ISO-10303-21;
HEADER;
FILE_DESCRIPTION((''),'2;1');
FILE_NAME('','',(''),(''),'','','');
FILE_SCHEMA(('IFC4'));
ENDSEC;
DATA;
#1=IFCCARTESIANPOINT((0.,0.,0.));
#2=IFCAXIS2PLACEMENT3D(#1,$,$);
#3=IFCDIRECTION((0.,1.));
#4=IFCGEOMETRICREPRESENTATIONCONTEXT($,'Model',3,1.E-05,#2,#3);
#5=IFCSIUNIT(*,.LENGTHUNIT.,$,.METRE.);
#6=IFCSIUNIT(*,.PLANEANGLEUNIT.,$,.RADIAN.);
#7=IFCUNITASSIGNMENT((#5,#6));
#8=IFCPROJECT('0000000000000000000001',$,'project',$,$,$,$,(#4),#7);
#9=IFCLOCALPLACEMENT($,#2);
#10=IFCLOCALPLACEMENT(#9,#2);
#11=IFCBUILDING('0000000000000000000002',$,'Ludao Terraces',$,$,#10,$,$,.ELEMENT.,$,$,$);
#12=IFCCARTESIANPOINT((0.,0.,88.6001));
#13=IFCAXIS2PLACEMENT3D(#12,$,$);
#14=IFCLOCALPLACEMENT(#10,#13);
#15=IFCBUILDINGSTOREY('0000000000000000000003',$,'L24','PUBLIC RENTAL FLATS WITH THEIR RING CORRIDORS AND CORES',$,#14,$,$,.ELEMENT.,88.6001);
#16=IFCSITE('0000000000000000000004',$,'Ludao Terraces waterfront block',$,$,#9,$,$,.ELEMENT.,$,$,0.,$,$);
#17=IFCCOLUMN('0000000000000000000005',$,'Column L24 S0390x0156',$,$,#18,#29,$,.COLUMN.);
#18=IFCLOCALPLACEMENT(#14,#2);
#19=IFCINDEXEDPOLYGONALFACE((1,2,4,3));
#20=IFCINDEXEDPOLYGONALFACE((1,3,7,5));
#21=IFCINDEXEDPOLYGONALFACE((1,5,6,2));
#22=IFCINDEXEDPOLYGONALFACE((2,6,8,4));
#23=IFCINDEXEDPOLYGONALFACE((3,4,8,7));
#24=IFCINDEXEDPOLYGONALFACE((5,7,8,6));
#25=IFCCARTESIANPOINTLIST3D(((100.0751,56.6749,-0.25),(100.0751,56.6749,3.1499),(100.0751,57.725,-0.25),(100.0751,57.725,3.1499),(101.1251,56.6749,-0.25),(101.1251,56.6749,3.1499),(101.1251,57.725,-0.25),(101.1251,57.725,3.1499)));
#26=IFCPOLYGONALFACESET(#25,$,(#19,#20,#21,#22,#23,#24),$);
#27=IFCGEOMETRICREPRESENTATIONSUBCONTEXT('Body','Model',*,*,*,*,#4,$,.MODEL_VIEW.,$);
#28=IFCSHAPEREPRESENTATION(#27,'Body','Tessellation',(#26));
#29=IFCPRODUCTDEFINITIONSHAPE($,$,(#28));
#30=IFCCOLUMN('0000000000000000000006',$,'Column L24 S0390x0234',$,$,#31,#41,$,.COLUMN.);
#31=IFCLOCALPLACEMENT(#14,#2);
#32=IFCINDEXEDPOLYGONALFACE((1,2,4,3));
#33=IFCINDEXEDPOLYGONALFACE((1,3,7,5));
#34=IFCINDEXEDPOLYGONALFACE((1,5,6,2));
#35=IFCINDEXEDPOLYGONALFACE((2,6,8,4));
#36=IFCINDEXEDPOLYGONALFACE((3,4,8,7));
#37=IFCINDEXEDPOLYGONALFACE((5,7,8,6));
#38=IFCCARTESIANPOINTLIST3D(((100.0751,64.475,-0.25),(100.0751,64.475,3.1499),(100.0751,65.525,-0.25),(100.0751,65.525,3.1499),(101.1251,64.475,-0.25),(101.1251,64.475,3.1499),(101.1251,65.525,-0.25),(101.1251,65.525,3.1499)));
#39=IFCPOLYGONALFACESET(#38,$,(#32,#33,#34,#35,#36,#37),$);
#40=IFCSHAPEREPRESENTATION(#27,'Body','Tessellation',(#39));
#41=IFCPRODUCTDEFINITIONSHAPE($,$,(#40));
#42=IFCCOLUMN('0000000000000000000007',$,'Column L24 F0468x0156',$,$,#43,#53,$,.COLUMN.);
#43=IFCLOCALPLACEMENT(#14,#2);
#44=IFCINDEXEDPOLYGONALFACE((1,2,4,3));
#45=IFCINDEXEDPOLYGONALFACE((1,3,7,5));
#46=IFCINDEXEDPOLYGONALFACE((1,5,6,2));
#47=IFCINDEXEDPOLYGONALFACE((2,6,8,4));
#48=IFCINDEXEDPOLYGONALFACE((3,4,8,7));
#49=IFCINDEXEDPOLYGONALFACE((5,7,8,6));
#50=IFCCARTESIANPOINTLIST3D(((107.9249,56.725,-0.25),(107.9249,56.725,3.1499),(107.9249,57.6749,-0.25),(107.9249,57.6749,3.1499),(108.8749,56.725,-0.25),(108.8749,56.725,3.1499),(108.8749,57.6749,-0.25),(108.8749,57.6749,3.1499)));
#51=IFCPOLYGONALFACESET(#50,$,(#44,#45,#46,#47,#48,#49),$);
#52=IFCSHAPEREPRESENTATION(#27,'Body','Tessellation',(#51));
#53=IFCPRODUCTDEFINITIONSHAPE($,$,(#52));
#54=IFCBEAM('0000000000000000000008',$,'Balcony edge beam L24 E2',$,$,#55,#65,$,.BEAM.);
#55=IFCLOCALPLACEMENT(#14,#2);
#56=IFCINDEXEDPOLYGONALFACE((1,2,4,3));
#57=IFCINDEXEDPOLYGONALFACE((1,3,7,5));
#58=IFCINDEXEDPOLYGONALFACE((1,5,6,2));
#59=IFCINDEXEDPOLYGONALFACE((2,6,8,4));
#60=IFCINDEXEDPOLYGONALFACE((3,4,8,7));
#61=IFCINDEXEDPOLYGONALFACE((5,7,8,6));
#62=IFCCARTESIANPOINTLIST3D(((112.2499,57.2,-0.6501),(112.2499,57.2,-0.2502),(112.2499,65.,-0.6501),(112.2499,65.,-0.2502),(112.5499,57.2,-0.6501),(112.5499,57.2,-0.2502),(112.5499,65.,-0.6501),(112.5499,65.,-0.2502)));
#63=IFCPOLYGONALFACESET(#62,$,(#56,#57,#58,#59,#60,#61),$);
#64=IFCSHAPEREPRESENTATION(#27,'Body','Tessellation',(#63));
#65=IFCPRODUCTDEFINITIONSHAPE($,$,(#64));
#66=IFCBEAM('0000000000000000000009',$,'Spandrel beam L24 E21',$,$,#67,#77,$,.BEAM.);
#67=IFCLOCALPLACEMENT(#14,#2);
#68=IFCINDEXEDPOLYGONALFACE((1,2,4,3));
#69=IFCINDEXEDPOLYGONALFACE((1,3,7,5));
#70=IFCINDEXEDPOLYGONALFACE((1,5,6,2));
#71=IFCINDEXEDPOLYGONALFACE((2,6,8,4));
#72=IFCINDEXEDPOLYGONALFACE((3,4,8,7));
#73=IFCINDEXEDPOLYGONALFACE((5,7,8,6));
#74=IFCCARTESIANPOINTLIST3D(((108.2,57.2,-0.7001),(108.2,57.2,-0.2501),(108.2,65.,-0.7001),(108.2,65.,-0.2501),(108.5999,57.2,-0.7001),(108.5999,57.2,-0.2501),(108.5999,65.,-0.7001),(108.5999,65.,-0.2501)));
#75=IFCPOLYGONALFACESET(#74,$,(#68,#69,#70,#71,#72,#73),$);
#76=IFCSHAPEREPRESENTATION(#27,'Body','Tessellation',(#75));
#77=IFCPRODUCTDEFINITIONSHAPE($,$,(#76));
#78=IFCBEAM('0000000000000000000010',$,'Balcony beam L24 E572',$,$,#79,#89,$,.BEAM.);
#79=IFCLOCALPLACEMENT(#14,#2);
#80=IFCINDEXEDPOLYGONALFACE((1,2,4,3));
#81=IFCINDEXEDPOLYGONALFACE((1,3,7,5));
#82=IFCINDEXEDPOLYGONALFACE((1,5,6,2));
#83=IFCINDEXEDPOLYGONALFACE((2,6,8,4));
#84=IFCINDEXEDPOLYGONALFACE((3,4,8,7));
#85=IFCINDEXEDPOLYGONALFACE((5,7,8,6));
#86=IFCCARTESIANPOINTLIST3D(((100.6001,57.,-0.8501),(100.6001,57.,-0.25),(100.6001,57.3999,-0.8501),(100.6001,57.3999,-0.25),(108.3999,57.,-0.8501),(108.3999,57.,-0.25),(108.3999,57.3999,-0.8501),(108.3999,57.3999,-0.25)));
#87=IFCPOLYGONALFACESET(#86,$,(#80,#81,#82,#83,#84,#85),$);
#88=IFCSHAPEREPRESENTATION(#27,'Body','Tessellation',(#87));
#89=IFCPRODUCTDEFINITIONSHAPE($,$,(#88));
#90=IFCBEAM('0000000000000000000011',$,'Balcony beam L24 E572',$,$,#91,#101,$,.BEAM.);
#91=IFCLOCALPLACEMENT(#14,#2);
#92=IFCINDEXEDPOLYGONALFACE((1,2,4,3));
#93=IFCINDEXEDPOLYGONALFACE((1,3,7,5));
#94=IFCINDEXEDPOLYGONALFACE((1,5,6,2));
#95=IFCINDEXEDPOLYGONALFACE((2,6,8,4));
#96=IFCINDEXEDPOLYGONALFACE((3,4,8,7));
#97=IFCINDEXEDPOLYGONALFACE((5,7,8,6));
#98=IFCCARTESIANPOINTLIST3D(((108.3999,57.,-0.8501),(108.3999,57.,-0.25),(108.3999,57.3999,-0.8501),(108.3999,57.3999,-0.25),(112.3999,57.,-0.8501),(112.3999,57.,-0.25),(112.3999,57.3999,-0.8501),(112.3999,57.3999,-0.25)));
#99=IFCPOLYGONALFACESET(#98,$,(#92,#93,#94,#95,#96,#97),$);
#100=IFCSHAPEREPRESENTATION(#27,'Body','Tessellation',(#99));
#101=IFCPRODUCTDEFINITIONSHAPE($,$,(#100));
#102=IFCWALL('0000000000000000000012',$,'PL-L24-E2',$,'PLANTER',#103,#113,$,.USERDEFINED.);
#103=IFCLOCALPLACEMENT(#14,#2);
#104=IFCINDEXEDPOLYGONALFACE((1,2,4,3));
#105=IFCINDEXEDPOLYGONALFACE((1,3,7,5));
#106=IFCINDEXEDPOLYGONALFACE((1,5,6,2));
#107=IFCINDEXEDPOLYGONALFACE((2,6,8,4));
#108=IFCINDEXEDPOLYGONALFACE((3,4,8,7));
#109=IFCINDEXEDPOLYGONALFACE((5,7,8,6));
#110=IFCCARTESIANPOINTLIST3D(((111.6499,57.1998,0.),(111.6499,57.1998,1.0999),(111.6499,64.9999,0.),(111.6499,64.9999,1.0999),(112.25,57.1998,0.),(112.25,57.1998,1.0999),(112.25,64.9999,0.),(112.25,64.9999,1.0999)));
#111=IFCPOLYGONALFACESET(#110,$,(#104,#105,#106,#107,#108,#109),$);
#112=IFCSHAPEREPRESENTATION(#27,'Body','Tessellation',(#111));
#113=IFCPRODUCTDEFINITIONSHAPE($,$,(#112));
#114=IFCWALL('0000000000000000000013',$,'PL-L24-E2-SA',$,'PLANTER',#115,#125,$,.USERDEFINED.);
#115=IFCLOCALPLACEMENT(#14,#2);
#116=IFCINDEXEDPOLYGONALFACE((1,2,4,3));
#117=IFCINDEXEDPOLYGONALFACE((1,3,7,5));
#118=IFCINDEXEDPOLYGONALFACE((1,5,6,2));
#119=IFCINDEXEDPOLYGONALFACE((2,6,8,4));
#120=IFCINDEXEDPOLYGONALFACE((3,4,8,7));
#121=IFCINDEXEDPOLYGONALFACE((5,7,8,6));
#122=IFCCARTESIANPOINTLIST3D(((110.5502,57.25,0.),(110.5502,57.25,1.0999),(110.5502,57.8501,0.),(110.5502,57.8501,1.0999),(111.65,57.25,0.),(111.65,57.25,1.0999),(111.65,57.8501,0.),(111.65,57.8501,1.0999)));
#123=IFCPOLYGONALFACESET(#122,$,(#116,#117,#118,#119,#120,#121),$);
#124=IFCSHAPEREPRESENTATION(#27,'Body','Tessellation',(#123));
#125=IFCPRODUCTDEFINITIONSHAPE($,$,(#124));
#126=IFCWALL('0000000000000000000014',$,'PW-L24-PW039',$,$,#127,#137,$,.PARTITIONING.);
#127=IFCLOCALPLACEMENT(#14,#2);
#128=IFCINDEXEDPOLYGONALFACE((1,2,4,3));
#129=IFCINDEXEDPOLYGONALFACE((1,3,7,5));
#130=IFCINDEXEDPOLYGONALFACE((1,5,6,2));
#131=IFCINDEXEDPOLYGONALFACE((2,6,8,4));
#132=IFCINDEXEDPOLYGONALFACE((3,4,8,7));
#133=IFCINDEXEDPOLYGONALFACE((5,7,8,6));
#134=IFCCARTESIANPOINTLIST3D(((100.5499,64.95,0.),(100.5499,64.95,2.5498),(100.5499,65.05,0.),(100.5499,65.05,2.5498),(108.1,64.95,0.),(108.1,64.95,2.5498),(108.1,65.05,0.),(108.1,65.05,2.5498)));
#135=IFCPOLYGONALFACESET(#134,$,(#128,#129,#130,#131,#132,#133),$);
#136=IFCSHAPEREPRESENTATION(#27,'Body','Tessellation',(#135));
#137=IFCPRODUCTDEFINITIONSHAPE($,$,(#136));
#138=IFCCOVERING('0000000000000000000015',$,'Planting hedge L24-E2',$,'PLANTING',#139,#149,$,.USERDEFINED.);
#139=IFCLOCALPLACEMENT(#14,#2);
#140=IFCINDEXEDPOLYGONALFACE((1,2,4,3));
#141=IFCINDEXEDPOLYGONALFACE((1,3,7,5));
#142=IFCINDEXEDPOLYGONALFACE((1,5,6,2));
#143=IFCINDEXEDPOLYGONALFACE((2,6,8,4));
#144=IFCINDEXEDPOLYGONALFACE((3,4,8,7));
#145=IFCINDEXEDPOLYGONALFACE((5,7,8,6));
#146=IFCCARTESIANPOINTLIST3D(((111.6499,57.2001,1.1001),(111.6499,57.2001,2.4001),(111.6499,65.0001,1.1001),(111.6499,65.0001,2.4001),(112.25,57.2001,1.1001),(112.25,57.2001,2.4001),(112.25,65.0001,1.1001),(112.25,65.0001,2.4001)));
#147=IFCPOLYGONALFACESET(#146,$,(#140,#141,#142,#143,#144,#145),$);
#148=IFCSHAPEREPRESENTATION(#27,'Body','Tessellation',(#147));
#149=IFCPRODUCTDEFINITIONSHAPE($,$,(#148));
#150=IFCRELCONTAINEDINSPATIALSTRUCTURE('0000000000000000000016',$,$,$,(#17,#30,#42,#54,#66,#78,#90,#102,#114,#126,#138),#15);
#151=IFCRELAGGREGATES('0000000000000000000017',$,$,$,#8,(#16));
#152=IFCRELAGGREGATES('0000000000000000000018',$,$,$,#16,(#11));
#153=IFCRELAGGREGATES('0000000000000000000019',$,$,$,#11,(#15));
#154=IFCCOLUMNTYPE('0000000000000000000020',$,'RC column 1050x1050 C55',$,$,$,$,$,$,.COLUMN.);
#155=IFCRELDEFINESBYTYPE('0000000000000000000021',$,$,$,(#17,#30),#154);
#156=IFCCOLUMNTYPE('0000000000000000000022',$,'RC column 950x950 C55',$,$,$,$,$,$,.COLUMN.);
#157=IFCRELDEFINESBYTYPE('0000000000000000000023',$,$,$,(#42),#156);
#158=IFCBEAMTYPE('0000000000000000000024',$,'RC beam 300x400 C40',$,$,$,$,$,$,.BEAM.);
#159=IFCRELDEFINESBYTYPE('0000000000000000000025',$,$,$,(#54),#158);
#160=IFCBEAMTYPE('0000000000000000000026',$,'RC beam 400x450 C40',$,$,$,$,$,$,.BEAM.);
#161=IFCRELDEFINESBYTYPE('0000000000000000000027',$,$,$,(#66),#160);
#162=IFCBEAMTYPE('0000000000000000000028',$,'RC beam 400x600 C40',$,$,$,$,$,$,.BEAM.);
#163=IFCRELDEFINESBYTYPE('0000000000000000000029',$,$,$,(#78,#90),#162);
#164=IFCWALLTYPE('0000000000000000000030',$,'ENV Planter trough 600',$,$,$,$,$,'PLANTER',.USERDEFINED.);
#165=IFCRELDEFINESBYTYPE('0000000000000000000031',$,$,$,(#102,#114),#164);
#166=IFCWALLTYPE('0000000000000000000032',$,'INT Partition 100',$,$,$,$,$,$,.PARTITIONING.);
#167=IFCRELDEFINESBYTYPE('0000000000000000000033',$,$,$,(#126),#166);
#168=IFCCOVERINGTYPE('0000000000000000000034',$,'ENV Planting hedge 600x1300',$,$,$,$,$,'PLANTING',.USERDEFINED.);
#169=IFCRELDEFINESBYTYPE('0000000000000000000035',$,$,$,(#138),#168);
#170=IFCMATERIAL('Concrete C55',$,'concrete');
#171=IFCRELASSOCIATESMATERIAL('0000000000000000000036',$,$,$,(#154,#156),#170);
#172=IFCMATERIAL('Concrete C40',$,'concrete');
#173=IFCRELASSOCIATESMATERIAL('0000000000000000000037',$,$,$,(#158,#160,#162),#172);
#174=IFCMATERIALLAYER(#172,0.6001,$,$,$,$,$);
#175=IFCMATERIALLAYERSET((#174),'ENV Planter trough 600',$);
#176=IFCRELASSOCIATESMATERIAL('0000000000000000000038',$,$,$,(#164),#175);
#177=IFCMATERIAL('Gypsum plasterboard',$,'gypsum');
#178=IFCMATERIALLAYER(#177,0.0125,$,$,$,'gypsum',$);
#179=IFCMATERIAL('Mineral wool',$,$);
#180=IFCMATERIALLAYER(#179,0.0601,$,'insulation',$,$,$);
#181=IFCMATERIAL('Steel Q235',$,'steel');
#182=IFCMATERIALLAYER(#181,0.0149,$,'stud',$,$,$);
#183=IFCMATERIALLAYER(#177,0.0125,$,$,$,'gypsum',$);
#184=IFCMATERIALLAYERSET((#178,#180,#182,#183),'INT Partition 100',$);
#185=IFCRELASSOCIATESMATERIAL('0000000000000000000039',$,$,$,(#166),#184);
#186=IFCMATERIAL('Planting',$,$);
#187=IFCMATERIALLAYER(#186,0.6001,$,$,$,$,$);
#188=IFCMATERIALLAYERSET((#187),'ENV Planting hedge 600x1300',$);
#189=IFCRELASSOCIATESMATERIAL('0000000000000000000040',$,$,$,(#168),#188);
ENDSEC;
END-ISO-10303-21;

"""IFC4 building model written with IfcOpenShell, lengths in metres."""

from ifc_helpers import new_model, si_unit, direction, frame, frame_2d, origin, origin_2d, place, context, subcontext, project, spatial, rectangle, extrude, material, layer, layer_set, material_profile, profile_set, type_object, element, save


model = new_model("IFC4")

# Units and contexts
model_context = context("Model", 3, precision=1e-05, world=origin(), true_north=direction((0.0, 1.0)))
body_context = subcontext(model_context, "Body", "Model", "MODEL_VIEW")
ifc_project = project(units=[si_unit("LENGTHUNIT", "METRE"), si_unit("PLANEANGLEUNIT", "RADIAN")], contexts=[model_context])

# Site, building, storey
site_placement = place(None, origin())
site = spatial("IfcSite", under=ifc_project, at=site_placement, Name="Ludao Terraces waterfront block", CompositionType="ELEMENT", RefElevation=0.0)
building_placement = place(site_placement, origin())
building = spatial("IfcBuilding", under=site, at=building_placement, Name="Ludao Terraces", CompositionType="ELEMENT")
storey_placement = place(building_placement, frame((0.0, 0.0, 88.6001)))
storey = spatial("IfcBuildingStorey", under=building, at=storey_placement, Name="L24", Description="PUBLIC RENTAL FLATS WITH THEIR RING CORRIDORS AND CORES", CompositionType="ELEMENT", Elevation=88.6001)

# Columns
ifc_material_1 = material(Name="Concrete C55", Category="concrete")
ifc_material_profile_1 = material_profile(ifc_material_1, rectangle(XDim=1.05, YDim=1.05, at=origin_2d()), Name="1050 X 1050")
ifc_profile_set_1 = profile_set([ifc_material_profile_1], Name="Concrete C55")
column_type_1 = type_object("IfcColumnType", Name="RC column 1050x1050 C55", PredefinedType="COLUMN", material=ifc_profile_set_1)
for number, where, z_axis, x_axis, name in (
    (1, (100.6001, 57.2, -0.25), (0.0, 0.0, 1.0), (1.0, 0.0, 0.0), "Column L24 S0390x0156"),
    (2, (100.6001, 65.0, -0.25), (0.0, 0.0, 1.0), (1.0, 0.0, 0.0), "Column L24 S0390x0234"),
):
    element("IfcColumn", number, at=place(storey_placement, frame(where, z_axis=z_axis, x_axis=x_axis)), inside=storey, type_object=column_type_1, Name=name, PredefinedType="COLUMN", context=body_context, shape_type="SweptSolid", body=[
        extrude(rectangle(XDim=1.05, YDim=1.05, at=origin_2d()), origin(), (0.0, 0.0, 1.0), 3.3999),
    ])
ifc_material_profile_2 = material_profile(ifc_material_1, rectangle(XDim=0.95, YDim=0.95, at=origin_2d()), Name="950 X 950")
ifc_profile_set_2 = profile_set([ifc_material_profile_2], Name="Concrete C55")
column_type_2 = type_object("IfcColumnType", Name="RC column 950x950 C55", PredefinedType="COLUMN", material=ifc_profile_set_2)
column_placement = place(storey_placement, frame((108.3999, 57.2, -0.25), z_axis=(0.0, 0.0, 1.0), x_axis=(1.0, 0.0, 0.0)))
element("IfcColumn", 3, at=column_placement, inside=storey, type_object=column_type_2, Name="Column L24 F0468x0156", PredefinedType="COLUMN", context=body_context, shape_type="SweptSolid", body=[
    extrude(rectangle(XDim=0.95, YDim=0.95, at=origin_2d()), origin(), (0.0, 0.0, 1.0), 3.3999),
])

# Beams
ifc_material_2 = material(Name="Concrete C40", Category="concrete")
ifc_material_profile_3 = material_profile(ifc_material_2, rectangle(XDim=0.3, YDim=0.3999, at=origin_2d()), Name="300 X 400")
ifc_profile_set_3 = profile_set([ifc_material_profile_3], Name="Concrete C40")
beam_type_1 = type_object("IfcBeamType", Name="RC beam 300x400 C40", PredefinedType="BEAM", material=ifc_profile_set_3)
beam_1_placement = place(storey_placement, frame((112.3999, 57.2, -0.4502), z_axis=(0.0, 1.0, 0.0), x_axis=(-1.0, 0.0, 0.0)))
element("IfcBeam", 4, at=beam_1_placement, inside=storey, type_object=beam_type_1, Name="Balcony edge beam L24 E2", PredefinedType="BEAM", context=body_context, shape_type="SweptSolid", body=[
    extrude(rectangle(XDim=0.3, YDim=0.3999, at=origin_2d()), origin(), (0.0, 0.0, 1.0), 7.8),
])
ifc_material_profile_4 = material_profile(ifc_material_2, rectangle(XDim=0.3999, YDim=0.45, at=origin_2d()), Name="400 X 450")
ifc_profile_set_4 = profile_set([ifc_material_profile_4], Name="Concrete C40")
beam_type_2 = type_object("IfcBeamType", Name="RC beam 400x450 C40", PredefinedType="BEAM", material=ifc_profile_set_4)
beam_2_placement = place(storey_placement, frame((108.3999, 57.2, -0.4751), z_axis=(0.0, 1.0, 0.0), x_axis=(-1.0, 0.0, 0.0)))
element("IfcBeam", 5, at=beam_2_placement, inside=storey, type_object=beam_type_2, Name="Spandrel beam L24 E21", PredefinedType="BEAM", context=body_context, shape_type="SweptSolid", body=[
    extrude(rectangle(XDim=0.3999, YDim=0.45, at=origin_2d()), origin(), (0.0, 0.0, 1.0), 7.8),
])
ifc_material_profile_5 = material_profile(ifc_material_2, rectangle(XDim=0.3999, YDim=0.6001, at=origin_2d()), Name="400 X 600")
ifc_profile_set_5 = profile_set([ifc_material_profile_5], Name="Concrete C40")
beam_type_3 = type_object("IfcBeamType", Name="RC beam 400x600 C40", PredefinedType="BEAM", material=ifc_profile_set_5)
beam_3_placement = place(storey_placement, frame((100.6001, 57.2, -0.55), z_axis=(1.0, 0.0, 0.0), x_axis=(0.0, 1.0, 0.0)))
element("IfcBeam", 6, at=beam_3_placement, inside=storey, type_object=beam_type_3, Name="Balcony beam L24 E572", PredefinedType="BEAM", context=body_context, shape_type="SweptSolid", body=[
    extrude(rectangle(XDim=0.3999, YDim=0.6001, at=origin_2d()), origin(), (0.0, 0.0, 1.0), 7.7998),
])
beam_4_placement = place(storey_placement, frame((108.3999, 57.2, -0.55), z_axis=(1.0, 0.0, 0.0), x_axis=(0.0, 1.0, 0.0)))
element("IfcBeam", 7, at=beam_4_placement, inside=storey, type_object=beam_type_3, Name="Balcony beam L24 E572", PredefinedType="BEAM", context=body_context, shape_type="SweptSolid", body=[
    extrude(rectangle(XDim=0.3999, YDim=0.6001, at=origin_2d()), origin(), (0.0, 0.0, 1.0), 4.0),
])

# Walls
ifc_layer_1 = layer(ifc_material_2, 0.6001)
ifc_layer_set_1 = layer_set([ifc_layer_1], Name="ENV Planter trough 600")
wall_type_1 = type_object("IfcWallType", Name="ENV Planter trough 600", ElementType="PLANTER", PredefinedType="USERDEFINED", material=ifc_layer_set_1)
wall_1_placement = place(storey_placement, frame((111.95, 57.2, 0.0), z_axis=(0.0, 0.0, 1.0), x_axis=(0.0, 1.0, 0.0)))
element("IfcWall", 8, at=wall_1_placement, inside=storey, type_object=wall_type_1, Name="PL-L24-E2", ObjectType="PLANTER", PredefinedType="USERDEFINED", context=body_context, shape_type="SweptSolid", body=[
    extrude(rectangle(XDim=7.8, YDim=0.6001, at=frame_2d((3.8999, 0.0))), origin(), (0.0, 0.0, 1.0), 1.0999),
])
wall_2_placement = place(storey_placement, frame((111.6499, 57.55, 0.0), z_axis=(0.0, 0.0, 1.0), x_axis=(-1.0, 0.0, 0.0)))
element("IfcWall", 9, at=wall_2_placement, inside=storey, type_object=wall_type_1, Name="PL-L24-E2-SA", ObjectType="PLANTER", PredefinedType="USERDEFINED", context=body_context, shape_type="SweptSolid", body=[
    extrude(rectangle(XDim=1.0999, YDim=0.6001, at=frame_2d((0.5498, 0.0))), origin(), (0.0, 0.0, 1.0), 1.0999),
])

# Shared definitions
ifc_material_3 = material(Name="Mineral wool")

# Wall
ifc_material_4 = material(Name="Gypsum plasterboard", Category="gypsum")
ifc_layer_2 = layer(ifc_material_4, 0.0125, Category="gypsum")
ifc_layer_3 = layer(ifc_material_3, 0.0601, Name="insulation")
ifc_material_5 = material(Name="Steel Q235", Category="steel")
ifc_layer_4 = layer(ifc_material_5, 0.0149, Name="stud")
ifc_layer_5 = layer(ifc_material_4, 0.0125, Category="gypsum")
ifc_layer_set_2 = layer_set([ifc_layer_2, ifc_layer_3, ifc_layer_4, ifc_layer_5], Name="INT Partition 100")
wall_type_2 = type_object("IfcWallType", Name="INT Partition 100", PredefinedType="PARTITIONING", material=ifc_layer_set_2)
wall_3_placement = place(storey_placement, frame((100.55, 65.0, 0.0), z_axis=(0.0, 0.0, 1.0), x_axis=(1.0, 0.0, 0.0)))
element("IfcWall", 10, at=wall_3_placement, inside=storey, type_object=wall_type_2, Name="PW-L24-PW039", PredefinedType="PARTITIONING", context=body_context, shape_type="SweptSolid", body=[
    extrude(rectangle(XDim=7.55, YDim=0.1001, at=frame_2d((3.7749, 0.0))), origin(), (0.0, 0.0, 1.0), 2.5498),
])

# Covering
ifc_material_6 = material(Name="Planting")
ifc_layer_6 = layer(ifc_material_6, 0.6001)
ifc_layer_set_3 = layer_set([ifc_layer_6], Name="ENV Planting hedge 600x1300")
covering_type = type_object("IfcCoveringType", Name="ENV Planting hedge 600x1300", ElementType="PLANTING", PredefinedType="USERDEFINED", material=ifc_layer_set_3)
covering_placement = place(storey_placement, frame((111.95, 61.1001, 1.1001), z_axis=(0.0, 0.0, 1.0), x_axis=(1.0, 0.0, 0.0)))
element("IfcCovering", 11, at=covering_placement, inside=storey, type_object=covering_type, Name="Planting hedge L24-E2", ObjectType="PLANTING", PredefinedType="USERDEFINED", context=body_context, shape_type="SweptSolid", body=[
    extrude(rectangle(XDim=0.6001, YDim=7.8, at=origin_2d()), origin(), (0.0, 0.0, 1.0), 1.3),
])

save(model, "model.ifc")
